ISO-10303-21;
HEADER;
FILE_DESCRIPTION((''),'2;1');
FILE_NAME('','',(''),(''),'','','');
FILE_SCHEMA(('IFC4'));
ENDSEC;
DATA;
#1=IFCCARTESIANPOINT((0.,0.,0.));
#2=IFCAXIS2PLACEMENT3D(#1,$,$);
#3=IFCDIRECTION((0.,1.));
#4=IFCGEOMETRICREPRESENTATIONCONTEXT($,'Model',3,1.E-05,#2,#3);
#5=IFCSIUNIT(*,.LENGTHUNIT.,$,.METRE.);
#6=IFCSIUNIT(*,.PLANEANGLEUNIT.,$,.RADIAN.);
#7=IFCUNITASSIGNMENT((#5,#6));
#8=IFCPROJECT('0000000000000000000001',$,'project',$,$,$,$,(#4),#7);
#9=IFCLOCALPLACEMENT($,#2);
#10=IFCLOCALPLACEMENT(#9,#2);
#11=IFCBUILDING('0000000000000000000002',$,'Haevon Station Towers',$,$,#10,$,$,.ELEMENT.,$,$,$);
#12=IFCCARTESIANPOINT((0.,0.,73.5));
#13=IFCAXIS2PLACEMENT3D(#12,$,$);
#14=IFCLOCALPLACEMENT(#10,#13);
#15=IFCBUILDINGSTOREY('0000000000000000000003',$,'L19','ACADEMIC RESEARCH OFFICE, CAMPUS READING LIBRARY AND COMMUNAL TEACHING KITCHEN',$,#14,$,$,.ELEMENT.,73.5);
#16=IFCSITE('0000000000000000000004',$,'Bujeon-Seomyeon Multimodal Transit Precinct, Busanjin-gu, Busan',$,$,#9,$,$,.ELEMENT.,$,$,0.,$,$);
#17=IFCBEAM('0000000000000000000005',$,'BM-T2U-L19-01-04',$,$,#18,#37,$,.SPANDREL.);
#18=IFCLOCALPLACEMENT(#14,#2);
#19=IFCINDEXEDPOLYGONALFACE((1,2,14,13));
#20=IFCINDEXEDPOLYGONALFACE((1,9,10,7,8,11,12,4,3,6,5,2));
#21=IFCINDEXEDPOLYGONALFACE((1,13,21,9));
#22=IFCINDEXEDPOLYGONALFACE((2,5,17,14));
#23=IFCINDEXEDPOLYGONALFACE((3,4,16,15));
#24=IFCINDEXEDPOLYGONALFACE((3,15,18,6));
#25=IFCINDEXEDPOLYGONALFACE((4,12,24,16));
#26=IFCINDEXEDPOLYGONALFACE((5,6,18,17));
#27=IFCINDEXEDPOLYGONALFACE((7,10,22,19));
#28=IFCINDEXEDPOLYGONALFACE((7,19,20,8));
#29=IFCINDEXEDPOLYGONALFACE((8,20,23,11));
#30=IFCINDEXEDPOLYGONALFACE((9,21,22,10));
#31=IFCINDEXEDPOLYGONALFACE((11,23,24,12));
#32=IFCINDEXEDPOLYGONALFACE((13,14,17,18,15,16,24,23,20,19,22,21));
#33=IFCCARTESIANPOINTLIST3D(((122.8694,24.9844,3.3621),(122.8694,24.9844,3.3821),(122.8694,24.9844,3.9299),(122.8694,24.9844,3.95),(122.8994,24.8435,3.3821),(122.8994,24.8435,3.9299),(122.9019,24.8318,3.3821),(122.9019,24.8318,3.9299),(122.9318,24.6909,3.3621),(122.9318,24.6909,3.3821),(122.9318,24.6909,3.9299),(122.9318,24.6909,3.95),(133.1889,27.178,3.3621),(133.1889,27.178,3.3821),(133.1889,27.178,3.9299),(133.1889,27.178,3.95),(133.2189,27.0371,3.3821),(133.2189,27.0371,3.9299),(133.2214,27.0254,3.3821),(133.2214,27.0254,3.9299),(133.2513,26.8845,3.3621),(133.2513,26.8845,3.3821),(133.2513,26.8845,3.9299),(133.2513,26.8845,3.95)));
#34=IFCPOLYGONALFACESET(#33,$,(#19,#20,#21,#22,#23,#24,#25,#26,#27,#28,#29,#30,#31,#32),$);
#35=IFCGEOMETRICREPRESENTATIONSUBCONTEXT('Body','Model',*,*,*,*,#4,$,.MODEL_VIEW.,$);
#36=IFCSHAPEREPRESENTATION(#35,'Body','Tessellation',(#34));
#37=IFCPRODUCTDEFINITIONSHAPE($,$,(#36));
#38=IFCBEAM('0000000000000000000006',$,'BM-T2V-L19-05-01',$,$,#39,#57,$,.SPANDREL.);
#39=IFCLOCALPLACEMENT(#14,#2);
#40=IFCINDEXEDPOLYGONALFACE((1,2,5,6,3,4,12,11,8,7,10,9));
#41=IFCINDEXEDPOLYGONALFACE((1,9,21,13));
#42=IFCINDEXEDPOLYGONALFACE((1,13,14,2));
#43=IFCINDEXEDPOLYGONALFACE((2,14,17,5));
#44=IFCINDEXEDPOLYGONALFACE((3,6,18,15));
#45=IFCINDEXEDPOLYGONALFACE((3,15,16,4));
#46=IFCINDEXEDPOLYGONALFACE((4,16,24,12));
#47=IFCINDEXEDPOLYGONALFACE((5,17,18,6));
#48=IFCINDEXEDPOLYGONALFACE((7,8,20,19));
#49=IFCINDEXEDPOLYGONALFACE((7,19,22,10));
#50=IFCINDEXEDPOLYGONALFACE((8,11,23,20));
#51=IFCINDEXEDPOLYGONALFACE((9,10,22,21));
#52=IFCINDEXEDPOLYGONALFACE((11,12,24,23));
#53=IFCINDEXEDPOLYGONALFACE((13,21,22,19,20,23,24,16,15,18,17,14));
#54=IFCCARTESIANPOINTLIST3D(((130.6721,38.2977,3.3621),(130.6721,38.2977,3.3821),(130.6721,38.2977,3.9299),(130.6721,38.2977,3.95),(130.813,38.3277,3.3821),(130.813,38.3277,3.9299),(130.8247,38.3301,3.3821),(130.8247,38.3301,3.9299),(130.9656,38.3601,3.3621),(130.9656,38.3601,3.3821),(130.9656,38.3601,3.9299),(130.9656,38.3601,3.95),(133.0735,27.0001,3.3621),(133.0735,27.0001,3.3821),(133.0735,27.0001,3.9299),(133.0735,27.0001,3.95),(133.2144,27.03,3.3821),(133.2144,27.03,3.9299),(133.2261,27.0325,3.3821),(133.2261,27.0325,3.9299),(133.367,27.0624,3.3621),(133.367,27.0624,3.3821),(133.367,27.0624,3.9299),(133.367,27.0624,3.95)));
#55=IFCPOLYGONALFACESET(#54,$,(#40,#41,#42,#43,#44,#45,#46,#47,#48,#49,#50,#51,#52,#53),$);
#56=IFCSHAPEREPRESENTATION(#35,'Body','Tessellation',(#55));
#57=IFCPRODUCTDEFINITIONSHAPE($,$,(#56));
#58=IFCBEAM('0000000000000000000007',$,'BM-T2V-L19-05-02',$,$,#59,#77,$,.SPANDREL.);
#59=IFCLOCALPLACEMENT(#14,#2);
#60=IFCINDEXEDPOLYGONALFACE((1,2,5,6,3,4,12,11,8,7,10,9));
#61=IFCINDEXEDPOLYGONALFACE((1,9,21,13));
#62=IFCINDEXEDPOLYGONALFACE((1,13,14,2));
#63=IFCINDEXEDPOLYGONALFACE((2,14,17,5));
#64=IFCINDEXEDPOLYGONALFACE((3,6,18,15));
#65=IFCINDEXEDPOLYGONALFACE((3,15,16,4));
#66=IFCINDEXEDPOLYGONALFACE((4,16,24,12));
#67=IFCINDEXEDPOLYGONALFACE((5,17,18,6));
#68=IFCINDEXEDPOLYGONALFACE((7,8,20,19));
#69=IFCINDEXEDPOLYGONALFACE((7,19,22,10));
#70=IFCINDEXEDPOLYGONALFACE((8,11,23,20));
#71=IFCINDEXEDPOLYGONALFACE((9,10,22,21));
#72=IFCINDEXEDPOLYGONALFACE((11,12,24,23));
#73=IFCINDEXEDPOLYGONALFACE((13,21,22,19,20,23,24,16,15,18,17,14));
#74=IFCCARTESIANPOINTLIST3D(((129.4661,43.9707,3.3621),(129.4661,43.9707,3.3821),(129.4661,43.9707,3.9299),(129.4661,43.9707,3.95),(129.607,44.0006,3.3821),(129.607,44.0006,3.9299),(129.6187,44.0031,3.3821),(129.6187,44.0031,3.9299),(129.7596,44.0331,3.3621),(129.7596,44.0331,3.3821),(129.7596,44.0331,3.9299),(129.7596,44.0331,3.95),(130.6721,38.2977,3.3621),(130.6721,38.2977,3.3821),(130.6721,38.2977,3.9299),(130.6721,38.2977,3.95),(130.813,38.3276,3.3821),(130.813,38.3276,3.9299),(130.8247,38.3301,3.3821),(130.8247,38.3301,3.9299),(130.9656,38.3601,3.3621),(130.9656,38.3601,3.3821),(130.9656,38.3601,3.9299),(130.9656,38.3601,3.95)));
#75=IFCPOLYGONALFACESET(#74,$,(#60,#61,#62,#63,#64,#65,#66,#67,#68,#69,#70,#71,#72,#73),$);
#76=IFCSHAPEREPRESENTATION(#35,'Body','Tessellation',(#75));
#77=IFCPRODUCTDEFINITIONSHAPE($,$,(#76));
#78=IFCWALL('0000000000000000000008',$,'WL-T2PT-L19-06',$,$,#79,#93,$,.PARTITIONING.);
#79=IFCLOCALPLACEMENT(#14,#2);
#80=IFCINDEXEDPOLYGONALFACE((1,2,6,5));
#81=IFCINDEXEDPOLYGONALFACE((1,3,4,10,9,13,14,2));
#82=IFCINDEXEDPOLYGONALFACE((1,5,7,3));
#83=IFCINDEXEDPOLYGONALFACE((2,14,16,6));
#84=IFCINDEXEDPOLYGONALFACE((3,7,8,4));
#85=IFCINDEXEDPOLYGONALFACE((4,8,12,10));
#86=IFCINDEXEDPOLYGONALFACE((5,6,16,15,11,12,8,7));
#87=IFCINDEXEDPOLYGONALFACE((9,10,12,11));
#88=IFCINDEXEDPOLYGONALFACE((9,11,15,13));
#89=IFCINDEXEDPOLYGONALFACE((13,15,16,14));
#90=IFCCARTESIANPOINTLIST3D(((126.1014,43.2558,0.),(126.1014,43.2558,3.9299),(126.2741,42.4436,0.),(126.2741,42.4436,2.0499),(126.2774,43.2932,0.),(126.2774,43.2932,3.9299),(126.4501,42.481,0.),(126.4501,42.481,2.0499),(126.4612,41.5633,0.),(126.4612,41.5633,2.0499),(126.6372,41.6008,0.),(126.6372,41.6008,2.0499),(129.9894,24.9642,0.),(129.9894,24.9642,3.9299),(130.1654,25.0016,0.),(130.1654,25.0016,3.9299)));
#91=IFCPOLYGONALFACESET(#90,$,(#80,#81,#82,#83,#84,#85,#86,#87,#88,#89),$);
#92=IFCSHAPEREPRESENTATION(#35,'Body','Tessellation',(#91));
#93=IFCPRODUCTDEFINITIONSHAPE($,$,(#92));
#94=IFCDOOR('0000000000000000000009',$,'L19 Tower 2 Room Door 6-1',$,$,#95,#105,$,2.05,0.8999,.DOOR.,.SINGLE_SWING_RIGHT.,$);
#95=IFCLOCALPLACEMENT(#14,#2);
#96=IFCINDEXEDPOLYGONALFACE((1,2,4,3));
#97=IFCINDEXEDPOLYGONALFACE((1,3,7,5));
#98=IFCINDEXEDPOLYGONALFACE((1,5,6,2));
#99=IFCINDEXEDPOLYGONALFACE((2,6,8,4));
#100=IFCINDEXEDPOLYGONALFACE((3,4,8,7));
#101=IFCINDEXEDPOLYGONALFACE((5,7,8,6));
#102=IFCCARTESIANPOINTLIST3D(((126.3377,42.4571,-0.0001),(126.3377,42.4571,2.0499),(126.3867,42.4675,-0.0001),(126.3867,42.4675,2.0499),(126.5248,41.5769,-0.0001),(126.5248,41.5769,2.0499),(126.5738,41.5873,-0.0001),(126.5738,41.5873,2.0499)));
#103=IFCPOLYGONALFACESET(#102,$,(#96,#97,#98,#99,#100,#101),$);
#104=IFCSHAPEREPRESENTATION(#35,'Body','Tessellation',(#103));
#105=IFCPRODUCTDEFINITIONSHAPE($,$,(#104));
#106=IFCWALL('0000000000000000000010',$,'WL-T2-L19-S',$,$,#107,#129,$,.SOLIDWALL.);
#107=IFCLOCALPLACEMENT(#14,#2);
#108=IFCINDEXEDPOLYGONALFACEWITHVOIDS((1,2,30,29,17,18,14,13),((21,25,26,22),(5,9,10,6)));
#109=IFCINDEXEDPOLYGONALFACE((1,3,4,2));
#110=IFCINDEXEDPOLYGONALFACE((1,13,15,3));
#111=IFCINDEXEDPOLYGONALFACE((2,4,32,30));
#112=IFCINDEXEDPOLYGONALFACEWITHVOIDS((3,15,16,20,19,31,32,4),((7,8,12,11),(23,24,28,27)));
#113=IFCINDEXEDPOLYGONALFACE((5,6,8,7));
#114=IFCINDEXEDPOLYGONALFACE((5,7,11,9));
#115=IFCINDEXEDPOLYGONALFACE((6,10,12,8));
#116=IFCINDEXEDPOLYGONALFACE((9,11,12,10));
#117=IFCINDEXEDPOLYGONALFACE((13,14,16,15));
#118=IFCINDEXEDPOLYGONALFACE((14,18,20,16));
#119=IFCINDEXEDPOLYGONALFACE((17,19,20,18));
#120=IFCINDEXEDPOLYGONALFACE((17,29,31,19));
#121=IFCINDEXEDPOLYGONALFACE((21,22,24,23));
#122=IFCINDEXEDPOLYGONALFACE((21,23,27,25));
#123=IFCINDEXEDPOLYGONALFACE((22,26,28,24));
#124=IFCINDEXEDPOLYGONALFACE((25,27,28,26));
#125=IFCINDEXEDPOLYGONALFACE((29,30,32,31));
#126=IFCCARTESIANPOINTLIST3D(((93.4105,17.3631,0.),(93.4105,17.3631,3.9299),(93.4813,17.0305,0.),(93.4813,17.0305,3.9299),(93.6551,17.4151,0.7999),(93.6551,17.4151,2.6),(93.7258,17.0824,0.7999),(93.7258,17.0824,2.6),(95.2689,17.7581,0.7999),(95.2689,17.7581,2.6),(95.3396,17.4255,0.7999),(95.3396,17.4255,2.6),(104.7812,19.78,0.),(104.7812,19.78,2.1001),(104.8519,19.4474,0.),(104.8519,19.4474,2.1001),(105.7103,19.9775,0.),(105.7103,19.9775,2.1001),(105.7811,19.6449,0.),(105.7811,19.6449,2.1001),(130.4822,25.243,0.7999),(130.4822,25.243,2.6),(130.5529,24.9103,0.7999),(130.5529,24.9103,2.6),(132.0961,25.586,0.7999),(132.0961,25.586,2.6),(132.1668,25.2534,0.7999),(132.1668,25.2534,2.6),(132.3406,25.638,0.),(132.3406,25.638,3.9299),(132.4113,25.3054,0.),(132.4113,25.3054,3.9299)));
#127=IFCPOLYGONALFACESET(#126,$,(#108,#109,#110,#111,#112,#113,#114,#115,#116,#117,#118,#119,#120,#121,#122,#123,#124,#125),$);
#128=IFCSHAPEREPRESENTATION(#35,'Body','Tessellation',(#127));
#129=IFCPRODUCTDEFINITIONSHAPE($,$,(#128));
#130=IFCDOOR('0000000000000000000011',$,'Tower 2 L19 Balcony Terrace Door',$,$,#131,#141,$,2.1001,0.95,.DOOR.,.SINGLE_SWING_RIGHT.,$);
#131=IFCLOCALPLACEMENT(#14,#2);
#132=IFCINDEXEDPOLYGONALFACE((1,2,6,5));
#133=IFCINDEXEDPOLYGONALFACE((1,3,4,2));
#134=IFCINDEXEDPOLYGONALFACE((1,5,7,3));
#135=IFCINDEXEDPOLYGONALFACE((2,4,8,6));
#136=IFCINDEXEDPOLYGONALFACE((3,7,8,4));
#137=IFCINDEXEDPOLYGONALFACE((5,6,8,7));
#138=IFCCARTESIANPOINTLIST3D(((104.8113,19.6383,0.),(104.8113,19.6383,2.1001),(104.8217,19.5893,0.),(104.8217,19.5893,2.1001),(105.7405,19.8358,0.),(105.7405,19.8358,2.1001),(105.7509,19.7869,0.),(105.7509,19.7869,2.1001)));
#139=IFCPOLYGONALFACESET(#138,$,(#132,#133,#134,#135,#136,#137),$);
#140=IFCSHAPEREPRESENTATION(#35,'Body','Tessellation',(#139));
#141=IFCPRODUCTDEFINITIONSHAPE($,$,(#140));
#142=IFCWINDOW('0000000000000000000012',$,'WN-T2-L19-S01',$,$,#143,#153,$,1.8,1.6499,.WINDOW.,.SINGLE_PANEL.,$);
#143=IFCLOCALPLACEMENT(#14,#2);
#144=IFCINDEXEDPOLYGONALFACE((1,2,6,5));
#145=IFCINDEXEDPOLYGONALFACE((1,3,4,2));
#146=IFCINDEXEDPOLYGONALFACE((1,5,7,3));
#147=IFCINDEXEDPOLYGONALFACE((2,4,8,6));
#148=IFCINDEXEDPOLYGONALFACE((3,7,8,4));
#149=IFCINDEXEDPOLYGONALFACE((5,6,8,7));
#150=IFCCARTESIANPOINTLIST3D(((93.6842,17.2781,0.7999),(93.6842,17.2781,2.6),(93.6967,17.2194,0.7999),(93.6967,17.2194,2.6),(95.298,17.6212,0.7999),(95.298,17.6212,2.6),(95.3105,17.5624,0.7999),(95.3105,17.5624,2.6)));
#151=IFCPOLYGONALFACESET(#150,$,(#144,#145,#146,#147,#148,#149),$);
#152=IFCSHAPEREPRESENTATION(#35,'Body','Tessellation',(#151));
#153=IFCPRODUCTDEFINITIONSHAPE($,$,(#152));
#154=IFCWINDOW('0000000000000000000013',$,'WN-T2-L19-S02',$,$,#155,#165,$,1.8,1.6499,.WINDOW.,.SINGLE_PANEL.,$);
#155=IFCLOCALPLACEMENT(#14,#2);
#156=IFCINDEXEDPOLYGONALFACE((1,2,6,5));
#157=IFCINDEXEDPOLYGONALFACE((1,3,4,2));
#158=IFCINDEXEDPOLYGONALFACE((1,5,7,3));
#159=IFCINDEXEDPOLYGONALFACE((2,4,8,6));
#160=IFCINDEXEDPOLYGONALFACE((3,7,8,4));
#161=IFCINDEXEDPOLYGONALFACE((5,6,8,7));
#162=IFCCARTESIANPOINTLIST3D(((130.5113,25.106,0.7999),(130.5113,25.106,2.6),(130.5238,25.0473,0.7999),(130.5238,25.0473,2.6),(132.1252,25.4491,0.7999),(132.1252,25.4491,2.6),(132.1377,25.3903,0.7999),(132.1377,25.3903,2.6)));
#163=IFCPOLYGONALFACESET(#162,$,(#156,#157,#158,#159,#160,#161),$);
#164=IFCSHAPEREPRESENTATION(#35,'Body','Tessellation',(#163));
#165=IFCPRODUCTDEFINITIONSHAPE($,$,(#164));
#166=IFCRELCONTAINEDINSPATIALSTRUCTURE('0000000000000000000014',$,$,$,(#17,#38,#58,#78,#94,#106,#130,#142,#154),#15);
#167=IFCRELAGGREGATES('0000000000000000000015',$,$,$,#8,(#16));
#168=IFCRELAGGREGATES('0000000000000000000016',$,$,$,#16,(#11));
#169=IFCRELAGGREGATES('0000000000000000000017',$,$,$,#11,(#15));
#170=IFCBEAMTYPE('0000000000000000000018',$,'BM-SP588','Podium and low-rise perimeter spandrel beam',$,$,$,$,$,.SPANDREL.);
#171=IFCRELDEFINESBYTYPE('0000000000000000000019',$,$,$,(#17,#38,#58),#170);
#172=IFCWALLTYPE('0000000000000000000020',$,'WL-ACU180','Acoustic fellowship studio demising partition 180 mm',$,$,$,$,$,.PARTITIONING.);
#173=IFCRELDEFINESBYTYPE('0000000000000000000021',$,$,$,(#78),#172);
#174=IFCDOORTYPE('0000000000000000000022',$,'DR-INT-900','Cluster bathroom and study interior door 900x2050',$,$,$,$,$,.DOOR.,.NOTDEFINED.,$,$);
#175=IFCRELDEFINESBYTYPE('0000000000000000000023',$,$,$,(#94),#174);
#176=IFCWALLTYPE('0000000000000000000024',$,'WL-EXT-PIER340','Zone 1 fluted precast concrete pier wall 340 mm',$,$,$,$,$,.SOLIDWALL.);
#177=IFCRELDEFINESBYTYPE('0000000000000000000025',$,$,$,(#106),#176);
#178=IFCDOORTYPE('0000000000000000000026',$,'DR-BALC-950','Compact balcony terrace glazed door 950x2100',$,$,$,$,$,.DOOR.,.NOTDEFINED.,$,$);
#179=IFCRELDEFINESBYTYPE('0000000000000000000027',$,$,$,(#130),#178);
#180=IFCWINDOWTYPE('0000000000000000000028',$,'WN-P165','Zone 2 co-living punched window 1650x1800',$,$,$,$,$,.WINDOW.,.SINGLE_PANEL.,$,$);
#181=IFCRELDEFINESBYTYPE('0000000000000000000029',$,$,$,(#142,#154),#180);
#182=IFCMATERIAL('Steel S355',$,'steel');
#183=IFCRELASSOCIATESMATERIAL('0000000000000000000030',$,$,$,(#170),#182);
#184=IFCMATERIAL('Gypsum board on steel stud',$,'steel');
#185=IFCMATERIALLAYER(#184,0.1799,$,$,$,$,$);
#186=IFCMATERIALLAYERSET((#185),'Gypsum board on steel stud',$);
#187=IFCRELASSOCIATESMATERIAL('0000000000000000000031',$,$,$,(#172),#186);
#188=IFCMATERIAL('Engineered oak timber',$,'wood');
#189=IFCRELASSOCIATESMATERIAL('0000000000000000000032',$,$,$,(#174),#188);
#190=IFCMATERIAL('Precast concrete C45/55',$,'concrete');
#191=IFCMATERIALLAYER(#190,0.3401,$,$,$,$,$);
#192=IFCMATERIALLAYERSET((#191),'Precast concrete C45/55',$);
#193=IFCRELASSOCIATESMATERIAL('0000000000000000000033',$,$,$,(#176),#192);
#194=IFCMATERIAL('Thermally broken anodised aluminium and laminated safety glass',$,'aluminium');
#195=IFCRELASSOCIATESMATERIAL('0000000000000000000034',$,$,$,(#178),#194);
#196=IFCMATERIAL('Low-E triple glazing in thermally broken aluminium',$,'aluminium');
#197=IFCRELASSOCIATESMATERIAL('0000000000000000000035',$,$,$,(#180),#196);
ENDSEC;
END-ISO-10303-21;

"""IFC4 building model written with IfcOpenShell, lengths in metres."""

from ifc_helpers import new_model, si_unit, direction, frame, frame_2d, origin, origin_2d, place, context, subcontext, project, spatial, rectangle, i_section, extrude, material, layer, layer_set, material_profile, profile_set, type_object, element, fill, save


model = new_model("IFC4")

# Units and contexts
model_context = context("Model", 3, precision=1e-05, world=origin(), true_north=direction((0.0, 1.0)))
body_context = subcontext(model_context, "Body", "Model", "MODEL_VIEW")
ifc_project = project(units=[si_unit("LENGTHUNIT", "METRE"), si_unit("PLANEANGLEUNIT", "RADIAN")], contexts=[model_context])

# Site, building, storey
site_placement = place(None, origin())
site = spatial("IfcSite", under=ifc_project, at=site_placement, Name="Bujeon-Seomyeon Multimodal Transit Precinct, Busanjin-gu, Busan", CompositionType="ELEMENT", RefElevation=0.0)
building_placement = place(site_placement, origin())
building = spatial("IfcBuilding", under=site, at=building_placement, Name="Haevon Station Towers", CompositionType="ELEMENT")
storey_placement = place(building_placement, frame((0.0, 0.0, 73.5)))
storey = spatial("IfcBuildingStorey", under=building, at=storey_placement, Name="L19", Description="ACADEMIC RESEARCH OFFICE, CAMPUS READING LIBRARY AND COMMUNAL TEACHING KITCHEN", CompositionType="ELEMENT", Elevation=73.5)

# Beams
ifc_material_1 = material(Name="Steel S355", Category="steel")
ifc_material_profile_1 = material_profile(ifc_material_1, i_section(OverallWidth=0.3, OverallDepth=0.5879, WebThickness=0.012, FlangeThickness=0.02, at=origin_2d()), Name="H-588x300x12x20")
ifc_profile_set_1 = profile_set([ifc_material_profile_1], Name="Steel S355")
beam_type_1 = type_object("IfcBeamType", Name="BM-SP588", Description="Podium and low-rise perimeter spandrel beam", PredefinedType="SPANDREL", material=ifc_profile_set_1)
beam_1_placement = place(storey_placement, frame((122.9006, 24.8376, 3.656), z_axis=(0.978145, 0.207922, 0.0), x_axis=(-0.207922, 0.978145, 0.0)))
element("IfcBeam", 1, at=beam_1_placement, inside=storey, type_object=beam_type_1, Name="BM-T2U-L19-01-04", PredefinedType="SPANDREL", context=body_context, shape_type="SweptSolid", body=[
    extrude(i_section(OverallWidth=0.3, OverallDepth=0.5879, WebThickness=0.012, FlangeThickness=0.02, at=origin_2d()), origin(), (0.0, 0.0, 1.0), 10.55),
])
beam_2_placement = place(storey_placement, frame((133.2202, 27.0312, 3.656), z_axis=(-0.207911, 0.978148, 0.0), x_axis=(-0.978148, -0.207911, 0.0)))
element("IfcBeam", 2, at=beam_2_placement, inside=storey, type_object=beam_type_1, Name="BM-T2V-L19-05-01", PredefinedType="SPANDREL", context=body_context, shape_type="SweptSolid", body=[
    extrude(i_section(OverallWidth=0.3, OverallDepth=0.5879, WebThickness=0.012, FlangeThickness=0.02, at=origin_2d()), origin(), (0.0, 0.0, 1.0), 11.55),
])
beam_3_placement = place(storey_placement, frame((130.8188, 38.3289, 3.656), z_axis=(-0.207945, 0.978141, 0.0), x_axis=(-0.978141, -0.207945, 0.0)))
element("IfcBeam", 3, at=beam_3_placement, inside=storey, type_object=beam_type_1, Name="BM-T2V-L19-05-02", PredefinedType="SPANDREL", context=body_context, shape_type="SweptSolid", body=[
    extrude(i_section(OverallWidth=0.3, OverallDepth=0.5879, WebThickness=0.012, FlangeThickness=0.02, at=origin_2d()), origin(), (0.0, 0.0, 1.0), 5.7998),
])

# Wall, opening, door
ifc_material_2 = material(Name="Gypsum board on steel stud", Category="steel")
ifc_layer_1 = layer(ifc_material_2, 0.1799)
ifc_layer_set_1 = layer_set([ifc_layer_1], Name="Gypsum board on steel stud")
wall_type_1 = type_object("IfcWallType", Name="WL-ACU180", Description="Acoustic fellowship studio demising partition 180 mm", PredefinedType="PARTITIONING", material=ifc_layer_set_1)
wall_1_placement = place(storey_placement, frame((130.0774, 24.9829, 0.0), z_axis=(0.0, 0.0, 1.0), x_axis=(-0.20791, 0.978148, 0.0)))
wall_1 = element("IfcWall", 4, at=wall_1_placement, inside=storey, type_object=wall_type_1, Name="WL-T2PT-L19-06", PredefinedType="PARTITIONING", context=body_context, shape_type="SweptSolid", body=[
    extrude(rectangle(XDim=18.7002, YDim=0.1799, at=frame_2d((9.3501, 0.0))), origin(), (0.0, 0.0, 1.0), 3.9299),
])
opening_1_placement = place(wall_1_placement, frame((16.97, 0.0, 0.0)))
opening_1 = element("IfcOpeningElement", 5, at=opening_1_placement, cuts=wall_1, PredefinedType="OPENING", context=body_context, shape_type="SweptSolid", body=[
    extrude(rectangle(XDim=0.8999, YDim=2.05, at=frame_2d((0.45, 1.0249))), frame((0.0, 0.0999, 0.0), z_axis=(0.0, -1.0, 0.0), x_axis=(1.0, 0.0, 0.0)), (0.0, 0.0, 1.0), 0.2),
])
ifc_material_3 = material(Name="Engineered oak timber", Category="wood")
door_type_1 = type_object("IfcDoorType", Name="DR-INT-900", Description="Cluster bathroom and study interior door 900x2050", OperationType="NOTDEFINED", PredefinedType="DOOR", material=ifc_material_3)
door_1_placement = place(opening_1_placement, origin())
door_1 = element("IfcDoor", 6, at=door_1_placement, inside=storey, type_object=door_type_1, Name="L19 Tower 2 Room Door 6-1", OperationType="SINGLE_SWING_RIGHT", OverallHeight=2.05, OverallWidth=0.8999, PredefinedType="DOOR", context=body_context, shape_type="SweptSolid", body=[
    extrude(rectangle(XDim=0.8999, YDim=2.05, at=frame_2d((0.45, 1.0249))), frame((0.0, 0.0249, 0.0), z_axis=(0.0, -1.0, 0.0), x_axis=(1.0, 0.0, 0.0)), (0.0, 0.0, 1.0), 0.05),
])
fill(opening_1, door_1)

# Wall, openings, door, windows
ifc_material_4 = material(Name="Precast concrete C45/55", Category="concrete")
ifc_layer_2 = layer(ifc_material_4, 0.3401)
ifc_layer_set_2 = layer_set([ifc_layer_2], Name="Precast concrete C45/55")
wall_type_2 = type_object("IfcWallType", Name="WL-EXT-PIER340", Description="Zone 1 fluted precast concrete pier wall 340 mm", PredefinedType="SOLIDWALL", material=ifc_layer_set_2)
wall_2_placement = place(storey_placement, frame((132.376, 25.4717, 0.0), z_axis=(0.0, 0.0, 1.0), x_axis=(-0.978147, -0.207913, 0.0)))
wall_2 = element("IfcWall", 7, at=wall_2_placement, inside=storey, type_object=wall_type_2, Name="WL-T2-L19-S", PredefinedType="SOLIDWALL", context=body_context, shape_type="SweptSolid", body=[
    extrude(rectangle(XDim=39.7998, YDim=0.3401, at=frame_2d((19.8999, 0.0))), origin(), (0.0, 0.0, 1.0), 3.9299),
])
opening_2_placement = place(wall_2_placement, frame((27.2251, 0.0, 0.0)))
opening_2 = element("IfcOpeningElement", 8, at=opening_2_placement, cuts=wall_2, PredefinedType="OPENING", context=body_context, shape_type="SweptSolid", body=[
    extrude(rectangle(XDim=0.95, YDim=2.1001, at=frame_2d((0.4751, 1.05))), frame((0.0, 0.1799, 0.0), z_axis=(0.0, -1.0, 0.0), x_axis=(1.0, 0.0, 0.0)), (0.0, 0.0, 1.0), 0.3601),
])
opening_3_placement = place(wall_2_placement, frame((37.8999, 0.0, 0.8)))
opening_3 = element("IfcOpeningElement", 9, at=opening_3_placement, cuts=wall_2, PredefinedType="OPENING", context=body_context, shape_type="SweptSolid", body=[
    extrude(rectangle(XDim=1.6499, YDim=1.8, at=frame_2d((0.825, 0.8999))), frame((0.0, 0.1799, 0.0), z_axis=(0.0, -1.0, 0.0), x_axis=(1.0, 0.0, 0.0)), (0.0, 0.0, 1.0), 0.3601),
])
opening_4_placement = place(wall_2_placement, frame((0.25, 0.0, 0.8)))
opening_4 = element("IfcOpeningElement", 10, at=opening_4_placement, cuts=wall_2, PredefinedType="OPENING", context=body_context, shape_type="SweptSolid", body=[
    extrude(rectangle(XDim=1.6499, YDim=1.8, at=frame_2d((0.825, 0.8999))), frame((0.0, 0.1799, 0.0), z_axis=(0.0, -1.0, 0.0), x_axis=(1.0, 0.0, 0.0)), (0.0, 0.0, 1.0), 0.3601),
])
ifc_material_5 = material(Name="Thermally broken anodised aluminium and laminated safety glass", Category="aluminium")
door_type_2 = type_object("IfcDoorType", Name="DR-BALC-950", Description="Compact balcony terrace glazed door 950x2100", OperationType="NOTDEFINED", PredefinedType="DOOR", material=ifc_material_5)
door_2_placement = place(opening_2_placement, origin())
door_2 = element("IfcDoor", 11, at=door_2_placement, inside=storey, type_object=door_type_2, Name="Tower 2 L19 Balcony Terrace Door", OperationType="SINGLE_SWING_RIGHT", OverallHeight=2.1001, OverallWidth=0.95, PredefinedType="DOOR", context=body_context, shape_type="SweptSolid", body=[
    extrude(rectangle(XDim=0.95, YDim=2.1001, at=frame_2d((0.4751, 1.05))), frame((0.0, 0.0249, 0.0), z_axis=(0.0, -1.0, 0.0), x_axis=(1.0, 0.0, 0.0)), (0.0, 0.0, 1.0), 0.05),
])
fill(opening_2, door_2)
ifc_material_6 = material(Name="Low-E triple glazing in thermally broken aluminium", Category="aluminium")
window_type = type_object("IfcWindowType", Name="WN-P165", Description="Zone 2 co-living punched window 1650x1800", PartitioningType="SINGLE_PANEL", PredefinedType="WINDOW", material=ifc_material_6)
window_1_placement = place(opening_3_placement, origin())
window_1 = element("IfcWindow", 12, at=window_1_placement, inside=storey, type_object=window_type, Name="WN-T2-L19-S01", OverallHeight=1.8, OverallWidth=1.6499, PartitioningType="SINGLE_PANEL", PredefinedType="WINDOW", context=body_context, shape_type="SweptSolid", body=[
    extrude(rectangle(XDim=1.6499, YDim=1.8, at=frame_2d((0.825, 0.8999))), frame((0.0, 0.03, 0.0), z_axis=(0.0, -1.0, 0.0), x_axis=(1.0, 0.0, 0.0)), (0.0, 0.0, 1.0), 0.0601),
])
fill(opening_3, window_1)
window_2_placement = place(opening_4_placement, origin())
window_2 = element("IfcWindow", 13, at=window_2_placement, inside=storey, type_object=window_type, Name="WN-T2-L19-S02", OverallHeight=1.8, OverallWidth=1.6499, PartitioningType="SINGLE_PANEL", PredefinedType="WINDOW", context=body_context, shape_type="SweptSolid", body=[
    extrude(rectangle(XDim=1.6499, YDim=1.8, at=frame_2d((0.825, 0.8999))), frame((0.0, 0.03, 0.0), z_axis=(0.0, -1.0, 0.0), x_axis=(1.0, 0.0, 0.0)), (0.0, 0.0, 1.0), 0.0601),
])
fill(opening_4, window_2)

save(model, "model.ifc")
